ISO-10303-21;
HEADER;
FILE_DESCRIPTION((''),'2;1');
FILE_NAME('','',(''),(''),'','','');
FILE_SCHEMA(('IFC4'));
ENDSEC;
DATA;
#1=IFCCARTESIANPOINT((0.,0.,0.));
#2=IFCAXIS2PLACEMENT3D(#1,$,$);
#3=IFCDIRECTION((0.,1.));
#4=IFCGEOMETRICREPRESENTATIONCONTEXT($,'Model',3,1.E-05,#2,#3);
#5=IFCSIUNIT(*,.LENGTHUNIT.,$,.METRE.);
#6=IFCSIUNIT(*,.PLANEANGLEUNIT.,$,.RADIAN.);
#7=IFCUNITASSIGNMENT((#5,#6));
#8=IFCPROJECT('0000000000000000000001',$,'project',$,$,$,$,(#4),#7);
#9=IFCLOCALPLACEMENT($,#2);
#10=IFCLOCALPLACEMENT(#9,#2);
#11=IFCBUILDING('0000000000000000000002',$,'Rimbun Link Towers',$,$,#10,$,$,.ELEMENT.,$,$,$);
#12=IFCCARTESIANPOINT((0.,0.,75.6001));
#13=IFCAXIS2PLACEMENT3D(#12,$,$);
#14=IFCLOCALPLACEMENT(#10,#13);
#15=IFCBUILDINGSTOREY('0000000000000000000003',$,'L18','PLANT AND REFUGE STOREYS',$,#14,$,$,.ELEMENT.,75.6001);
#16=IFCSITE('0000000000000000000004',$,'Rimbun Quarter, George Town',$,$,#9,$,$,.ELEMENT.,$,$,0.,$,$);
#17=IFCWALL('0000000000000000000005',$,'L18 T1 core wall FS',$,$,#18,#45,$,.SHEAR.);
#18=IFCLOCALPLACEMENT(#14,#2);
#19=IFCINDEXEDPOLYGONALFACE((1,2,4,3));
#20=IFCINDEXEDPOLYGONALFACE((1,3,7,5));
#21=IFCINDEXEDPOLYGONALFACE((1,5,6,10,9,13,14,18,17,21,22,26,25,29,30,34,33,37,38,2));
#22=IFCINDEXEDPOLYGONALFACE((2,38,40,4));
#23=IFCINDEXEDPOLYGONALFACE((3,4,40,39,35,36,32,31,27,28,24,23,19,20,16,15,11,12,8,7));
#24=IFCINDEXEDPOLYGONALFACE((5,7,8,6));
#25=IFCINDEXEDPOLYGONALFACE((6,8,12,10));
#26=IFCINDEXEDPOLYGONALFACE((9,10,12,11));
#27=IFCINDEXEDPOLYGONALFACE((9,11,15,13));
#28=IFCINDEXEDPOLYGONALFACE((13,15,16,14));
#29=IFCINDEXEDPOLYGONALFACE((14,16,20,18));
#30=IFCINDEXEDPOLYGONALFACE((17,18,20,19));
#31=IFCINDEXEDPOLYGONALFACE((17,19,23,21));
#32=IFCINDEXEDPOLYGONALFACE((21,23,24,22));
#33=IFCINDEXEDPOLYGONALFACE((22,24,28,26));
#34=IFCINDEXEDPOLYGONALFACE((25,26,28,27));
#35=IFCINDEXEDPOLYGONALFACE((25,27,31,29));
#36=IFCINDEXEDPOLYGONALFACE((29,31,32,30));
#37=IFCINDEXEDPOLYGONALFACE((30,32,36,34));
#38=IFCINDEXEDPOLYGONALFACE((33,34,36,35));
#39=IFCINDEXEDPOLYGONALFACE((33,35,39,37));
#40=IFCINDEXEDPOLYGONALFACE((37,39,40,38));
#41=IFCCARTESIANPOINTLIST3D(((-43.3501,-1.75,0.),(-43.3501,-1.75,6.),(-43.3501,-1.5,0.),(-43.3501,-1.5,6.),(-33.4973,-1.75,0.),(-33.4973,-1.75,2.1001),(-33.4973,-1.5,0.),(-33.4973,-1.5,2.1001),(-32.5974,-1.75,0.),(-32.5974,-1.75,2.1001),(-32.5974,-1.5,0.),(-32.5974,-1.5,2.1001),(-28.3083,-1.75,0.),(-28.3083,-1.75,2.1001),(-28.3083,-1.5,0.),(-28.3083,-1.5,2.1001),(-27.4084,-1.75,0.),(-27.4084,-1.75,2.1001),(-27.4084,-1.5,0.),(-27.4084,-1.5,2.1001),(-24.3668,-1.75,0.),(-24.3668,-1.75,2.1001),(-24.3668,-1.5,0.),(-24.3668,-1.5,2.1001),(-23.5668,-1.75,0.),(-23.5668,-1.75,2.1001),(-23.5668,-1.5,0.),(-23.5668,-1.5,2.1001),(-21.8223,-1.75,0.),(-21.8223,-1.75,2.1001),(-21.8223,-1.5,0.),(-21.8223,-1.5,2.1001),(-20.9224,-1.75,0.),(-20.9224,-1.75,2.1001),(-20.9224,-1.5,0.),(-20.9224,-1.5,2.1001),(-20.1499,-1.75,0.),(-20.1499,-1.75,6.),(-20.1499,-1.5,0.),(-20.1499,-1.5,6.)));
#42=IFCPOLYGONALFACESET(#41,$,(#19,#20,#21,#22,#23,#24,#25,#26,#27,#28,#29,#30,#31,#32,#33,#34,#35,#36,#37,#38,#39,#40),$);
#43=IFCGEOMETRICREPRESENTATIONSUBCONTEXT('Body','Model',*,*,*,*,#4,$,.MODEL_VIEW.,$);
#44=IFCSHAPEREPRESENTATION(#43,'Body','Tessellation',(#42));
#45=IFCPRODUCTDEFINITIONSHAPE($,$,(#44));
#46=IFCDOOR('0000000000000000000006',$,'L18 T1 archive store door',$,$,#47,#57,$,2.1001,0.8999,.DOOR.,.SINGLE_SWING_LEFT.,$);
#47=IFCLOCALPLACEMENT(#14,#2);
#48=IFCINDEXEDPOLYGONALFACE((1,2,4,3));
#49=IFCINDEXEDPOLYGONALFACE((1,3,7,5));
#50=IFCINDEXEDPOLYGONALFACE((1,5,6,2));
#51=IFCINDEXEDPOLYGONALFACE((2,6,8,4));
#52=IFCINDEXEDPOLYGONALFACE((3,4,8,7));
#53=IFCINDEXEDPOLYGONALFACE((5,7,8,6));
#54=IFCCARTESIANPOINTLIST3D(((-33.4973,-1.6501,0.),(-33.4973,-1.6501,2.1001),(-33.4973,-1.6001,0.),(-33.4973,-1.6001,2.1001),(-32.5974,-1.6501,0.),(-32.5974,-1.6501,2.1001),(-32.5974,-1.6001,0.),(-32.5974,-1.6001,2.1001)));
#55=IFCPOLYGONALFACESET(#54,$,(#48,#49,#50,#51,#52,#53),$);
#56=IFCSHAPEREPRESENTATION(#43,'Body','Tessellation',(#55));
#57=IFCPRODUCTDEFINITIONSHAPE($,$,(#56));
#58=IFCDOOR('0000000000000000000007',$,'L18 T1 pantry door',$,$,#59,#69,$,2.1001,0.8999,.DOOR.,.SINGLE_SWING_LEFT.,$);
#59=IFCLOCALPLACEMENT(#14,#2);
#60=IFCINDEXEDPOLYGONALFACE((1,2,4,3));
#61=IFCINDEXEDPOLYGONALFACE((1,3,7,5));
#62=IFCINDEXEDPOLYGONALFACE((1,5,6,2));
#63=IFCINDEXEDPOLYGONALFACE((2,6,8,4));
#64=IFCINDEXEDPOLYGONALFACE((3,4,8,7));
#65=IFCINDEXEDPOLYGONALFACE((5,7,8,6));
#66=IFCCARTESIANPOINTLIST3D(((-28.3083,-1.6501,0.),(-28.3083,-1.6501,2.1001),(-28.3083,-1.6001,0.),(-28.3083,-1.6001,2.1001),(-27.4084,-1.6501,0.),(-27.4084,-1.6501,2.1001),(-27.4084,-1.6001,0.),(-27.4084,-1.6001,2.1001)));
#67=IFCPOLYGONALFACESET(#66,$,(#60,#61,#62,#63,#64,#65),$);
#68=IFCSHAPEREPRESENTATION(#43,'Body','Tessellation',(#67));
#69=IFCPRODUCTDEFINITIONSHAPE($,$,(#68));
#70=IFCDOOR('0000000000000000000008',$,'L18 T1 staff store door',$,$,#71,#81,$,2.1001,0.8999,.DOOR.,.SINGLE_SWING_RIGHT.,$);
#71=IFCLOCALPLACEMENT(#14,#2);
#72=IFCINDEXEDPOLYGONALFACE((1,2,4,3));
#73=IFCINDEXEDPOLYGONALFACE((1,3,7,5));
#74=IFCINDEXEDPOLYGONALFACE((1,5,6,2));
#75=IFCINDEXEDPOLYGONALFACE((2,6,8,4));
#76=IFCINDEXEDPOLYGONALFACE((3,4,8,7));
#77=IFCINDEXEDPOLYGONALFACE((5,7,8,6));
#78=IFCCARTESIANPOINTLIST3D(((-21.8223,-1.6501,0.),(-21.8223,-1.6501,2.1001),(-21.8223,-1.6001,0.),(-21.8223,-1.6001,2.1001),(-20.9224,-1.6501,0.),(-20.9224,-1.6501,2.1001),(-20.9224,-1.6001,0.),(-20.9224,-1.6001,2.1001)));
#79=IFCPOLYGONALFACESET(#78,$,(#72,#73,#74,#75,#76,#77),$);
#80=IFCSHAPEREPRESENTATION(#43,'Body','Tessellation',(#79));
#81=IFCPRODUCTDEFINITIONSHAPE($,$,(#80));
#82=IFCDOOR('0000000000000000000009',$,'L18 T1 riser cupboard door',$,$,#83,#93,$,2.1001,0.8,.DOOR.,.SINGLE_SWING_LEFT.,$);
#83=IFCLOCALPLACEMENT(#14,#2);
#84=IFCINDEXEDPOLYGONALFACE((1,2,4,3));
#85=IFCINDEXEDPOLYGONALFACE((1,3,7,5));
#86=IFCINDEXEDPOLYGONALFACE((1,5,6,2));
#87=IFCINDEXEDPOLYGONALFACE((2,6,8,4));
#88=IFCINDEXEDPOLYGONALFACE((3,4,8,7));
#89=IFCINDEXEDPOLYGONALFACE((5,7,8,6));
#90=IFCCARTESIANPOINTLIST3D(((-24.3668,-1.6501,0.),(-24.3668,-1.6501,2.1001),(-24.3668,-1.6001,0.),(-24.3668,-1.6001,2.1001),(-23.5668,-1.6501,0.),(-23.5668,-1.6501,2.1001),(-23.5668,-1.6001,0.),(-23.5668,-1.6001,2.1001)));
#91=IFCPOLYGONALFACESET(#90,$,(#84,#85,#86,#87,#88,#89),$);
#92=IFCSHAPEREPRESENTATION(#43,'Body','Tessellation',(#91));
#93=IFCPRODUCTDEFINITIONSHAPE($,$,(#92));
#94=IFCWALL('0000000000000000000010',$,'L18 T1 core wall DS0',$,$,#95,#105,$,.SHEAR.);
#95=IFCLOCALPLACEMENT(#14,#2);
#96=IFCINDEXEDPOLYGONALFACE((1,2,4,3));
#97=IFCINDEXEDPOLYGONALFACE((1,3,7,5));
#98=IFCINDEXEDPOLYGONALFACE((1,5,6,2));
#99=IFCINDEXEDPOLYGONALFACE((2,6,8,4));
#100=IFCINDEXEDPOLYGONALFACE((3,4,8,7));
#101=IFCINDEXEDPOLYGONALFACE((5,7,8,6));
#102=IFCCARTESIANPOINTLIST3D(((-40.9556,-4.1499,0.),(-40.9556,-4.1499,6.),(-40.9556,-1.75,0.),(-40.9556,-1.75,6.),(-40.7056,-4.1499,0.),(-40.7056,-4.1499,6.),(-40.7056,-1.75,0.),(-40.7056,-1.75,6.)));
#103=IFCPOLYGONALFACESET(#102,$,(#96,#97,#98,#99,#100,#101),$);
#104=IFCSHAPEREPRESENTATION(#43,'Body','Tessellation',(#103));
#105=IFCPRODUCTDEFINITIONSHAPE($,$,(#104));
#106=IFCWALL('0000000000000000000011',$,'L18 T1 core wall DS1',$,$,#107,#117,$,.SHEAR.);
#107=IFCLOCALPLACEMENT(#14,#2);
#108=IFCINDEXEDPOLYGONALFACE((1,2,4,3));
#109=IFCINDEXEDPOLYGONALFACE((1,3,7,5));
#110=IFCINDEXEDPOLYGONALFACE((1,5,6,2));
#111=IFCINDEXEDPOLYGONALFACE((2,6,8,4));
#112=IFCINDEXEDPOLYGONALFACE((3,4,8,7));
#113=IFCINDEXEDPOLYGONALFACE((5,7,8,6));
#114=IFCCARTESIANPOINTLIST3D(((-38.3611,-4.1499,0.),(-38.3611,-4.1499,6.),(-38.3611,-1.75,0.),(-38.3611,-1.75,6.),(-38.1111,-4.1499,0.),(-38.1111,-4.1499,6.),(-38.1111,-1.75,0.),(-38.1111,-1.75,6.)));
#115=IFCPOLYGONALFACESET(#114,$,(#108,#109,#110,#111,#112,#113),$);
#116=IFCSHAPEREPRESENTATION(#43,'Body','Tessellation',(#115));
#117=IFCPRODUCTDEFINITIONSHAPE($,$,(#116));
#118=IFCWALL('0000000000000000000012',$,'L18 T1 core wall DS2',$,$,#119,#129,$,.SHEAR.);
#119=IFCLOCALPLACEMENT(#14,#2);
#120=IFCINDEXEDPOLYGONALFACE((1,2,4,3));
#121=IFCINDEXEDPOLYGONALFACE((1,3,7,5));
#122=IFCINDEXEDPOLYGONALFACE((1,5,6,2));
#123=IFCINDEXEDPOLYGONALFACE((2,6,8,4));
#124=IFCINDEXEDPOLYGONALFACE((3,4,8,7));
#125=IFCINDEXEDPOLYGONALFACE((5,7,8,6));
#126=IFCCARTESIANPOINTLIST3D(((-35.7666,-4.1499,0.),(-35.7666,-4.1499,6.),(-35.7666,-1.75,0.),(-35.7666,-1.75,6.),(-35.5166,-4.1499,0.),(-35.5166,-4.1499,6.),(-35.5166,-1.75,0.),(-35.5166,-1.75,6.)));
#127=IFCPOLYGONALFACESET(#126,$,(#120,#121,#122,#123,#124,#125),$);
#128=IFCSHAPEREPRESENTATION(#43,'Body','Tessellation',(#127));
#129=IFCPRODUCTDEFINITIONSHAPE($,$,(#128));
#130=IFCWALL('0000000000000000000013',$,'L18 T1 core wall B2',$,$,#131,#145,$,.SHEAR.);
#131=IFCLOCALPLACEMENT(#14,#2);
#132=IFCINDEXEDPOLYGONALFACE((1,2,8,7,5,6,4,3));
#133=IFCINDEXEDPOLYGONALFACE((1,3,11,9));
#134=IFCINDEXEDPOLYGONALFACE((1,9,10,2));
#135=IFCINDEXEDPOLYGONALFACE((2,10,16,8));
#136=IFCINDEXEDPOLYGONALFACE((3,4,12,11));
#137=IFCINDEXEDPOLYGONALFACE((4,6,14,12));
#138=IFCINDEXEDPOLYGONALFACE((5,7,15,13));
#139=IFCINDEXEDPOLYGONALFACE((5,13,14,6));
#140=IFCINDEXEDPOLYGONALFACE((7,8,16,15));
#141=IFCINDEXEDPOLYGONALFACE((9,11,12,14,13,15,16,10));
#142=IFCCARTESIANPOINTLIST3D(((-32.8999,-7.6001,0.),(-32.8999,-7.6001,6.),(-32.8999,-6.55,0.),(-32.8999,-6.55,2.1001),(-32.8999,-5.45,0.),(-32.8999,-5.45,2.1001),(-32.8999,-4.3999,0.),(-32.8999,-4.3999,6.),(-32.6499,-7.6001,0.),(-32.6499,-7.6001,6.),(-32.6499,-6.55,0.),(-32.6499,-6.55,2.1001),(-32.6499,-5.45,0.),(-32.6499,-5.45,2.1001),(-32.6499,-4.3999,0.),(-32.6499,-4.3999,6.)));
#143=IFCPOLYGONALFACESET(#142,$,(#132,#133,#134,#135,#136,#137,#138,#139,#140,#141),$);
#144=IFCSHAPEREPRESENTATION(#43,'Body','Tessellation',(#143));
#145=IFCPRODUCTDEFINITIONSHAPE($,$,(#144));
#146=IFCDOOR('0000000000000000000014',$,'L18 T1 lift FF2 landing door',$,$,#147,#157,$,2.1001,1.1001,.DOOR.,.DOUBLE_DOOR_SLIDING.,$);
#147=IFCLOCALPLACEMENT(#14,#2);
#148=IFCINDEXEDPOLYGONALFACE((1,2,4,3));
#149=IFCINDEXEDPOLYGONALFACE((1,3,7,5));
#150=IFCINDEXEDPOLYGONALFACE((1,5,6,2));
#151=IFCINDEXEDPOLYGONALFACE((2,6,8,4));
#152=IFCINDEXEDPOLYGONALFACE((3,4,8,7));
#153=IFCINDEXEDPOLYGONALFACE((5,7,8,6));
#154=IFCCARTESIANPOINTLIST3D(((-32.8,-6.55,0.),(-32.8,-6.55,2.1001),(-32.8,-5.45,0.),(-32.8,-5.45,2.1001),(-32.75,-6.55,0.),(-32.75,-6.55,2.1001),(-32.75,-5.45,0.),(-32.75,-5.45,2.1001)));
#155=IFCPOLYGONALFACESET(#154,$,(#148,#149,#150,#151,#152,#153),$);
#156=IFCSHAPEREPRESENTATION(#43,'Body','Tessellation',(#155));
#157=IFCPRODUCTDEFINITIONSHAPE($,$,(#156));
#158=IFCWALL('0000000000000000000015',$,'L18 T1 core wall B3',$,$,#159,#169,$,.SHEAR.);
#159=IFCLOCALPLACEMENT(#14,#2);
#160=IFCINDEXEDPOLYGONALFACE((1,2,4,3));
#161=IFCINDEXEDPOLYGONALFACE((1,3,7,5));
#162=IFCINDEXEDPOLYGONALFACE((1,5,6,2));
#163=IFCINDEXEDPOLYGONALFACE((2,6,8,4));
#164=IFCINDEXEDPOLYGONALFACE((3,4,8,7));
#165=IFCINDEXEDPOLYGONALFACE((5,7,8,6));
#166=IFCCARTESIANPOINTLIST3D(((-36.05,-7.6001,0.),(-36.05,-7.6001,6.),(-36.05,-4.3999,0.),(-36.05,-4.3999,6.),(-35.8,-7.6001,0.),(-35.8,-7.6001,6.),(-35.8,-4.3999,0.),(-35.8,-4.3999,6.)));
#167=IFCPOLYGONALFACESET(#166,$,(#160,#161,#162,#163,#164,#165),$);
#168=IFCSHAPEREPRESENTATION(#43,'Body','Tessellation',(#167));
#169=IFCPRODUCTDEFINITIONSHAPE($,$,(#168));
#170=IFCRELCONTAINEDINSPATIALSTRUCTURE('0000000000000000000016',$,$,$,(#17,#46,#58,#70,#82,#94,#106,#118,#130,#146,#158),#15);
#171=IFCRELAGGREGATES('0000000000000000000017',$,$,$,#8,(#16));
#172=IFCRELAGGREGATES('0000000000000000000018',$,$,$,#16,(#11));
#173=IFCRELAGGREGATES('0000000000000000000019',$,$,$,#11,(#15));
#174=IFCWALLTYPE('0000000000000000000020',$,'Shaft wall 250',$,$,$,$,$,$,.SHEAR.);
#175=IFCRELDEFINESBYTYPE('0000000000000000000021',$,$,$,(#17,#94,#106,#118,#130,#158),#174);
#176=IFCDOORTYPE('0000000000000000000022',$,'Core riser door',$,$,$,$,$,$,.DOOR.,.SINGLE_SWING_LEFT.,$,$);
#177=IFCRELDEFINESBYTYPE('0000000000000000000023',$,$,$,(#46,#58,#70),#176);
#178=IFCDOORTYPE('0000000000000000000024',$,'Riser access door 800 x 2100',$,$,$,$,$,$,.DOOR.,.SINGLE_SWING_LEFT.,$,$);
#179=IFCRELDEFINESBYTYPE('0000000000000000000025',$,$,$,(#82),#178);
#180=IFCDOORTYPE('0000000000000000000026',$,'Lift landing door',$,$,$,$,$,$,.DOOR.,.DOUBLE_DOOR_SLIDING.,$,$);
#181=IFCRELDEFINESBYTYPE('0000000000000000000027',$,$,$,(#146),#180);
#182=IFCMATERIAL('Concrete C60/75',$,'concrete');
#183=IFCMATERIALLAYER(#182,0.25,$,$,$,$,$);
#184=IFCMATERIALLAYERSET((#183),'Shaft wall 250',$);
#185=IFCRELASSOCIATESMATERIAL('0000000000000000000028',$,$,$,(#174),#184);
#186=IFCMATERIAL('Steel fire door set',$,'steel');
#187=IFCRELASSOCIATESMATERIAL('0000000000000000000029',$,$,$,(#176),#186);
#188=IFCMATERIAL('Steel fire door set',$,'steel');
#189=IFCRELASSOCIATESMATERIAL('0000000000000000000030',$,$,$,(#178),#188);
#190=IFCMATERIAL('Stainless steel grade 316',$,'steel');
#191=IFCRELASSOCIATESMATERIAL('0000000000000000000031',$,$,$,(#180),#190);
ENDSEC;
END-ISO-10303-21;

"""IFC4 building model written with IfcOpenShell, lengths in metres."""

from ifc_helpers import new_model, si_unit, direction, frame, frame_2d, origin, place, context, subcontext, project, spatial, rectangle, extrude, material, layer, layer_set, type_object, element, fill, save


model = new_model("IFC4")

# Units and contexts
model_context = context("Model", 3, precision=1e-05, world=origin(), true_north=direction((0.0, 1.0)))
body_context = subcontext(model_context, "Body", "Model", "MODEL_VIEW")
ifc_project = project(units=[si_unit("LENGTHUNIT", "METRE"), si_unit("PLANEANGLEUNIT", "RADIAN")], contexts=[model_context])

# Site, building, storey
site_placement = place(None, origin())
site = spatial("IfcSite", under=ifc_project, at=site_placement, Name="Rimbun Quarter, George Town", CompositionType="ELEMENT", RefElevation=0.0)
building_placement = place(site_placement, origin())
building = spatial("IfcBuilding", under=site, at=building_placement, Name="Rimbun Link Towers", CompositionType="ELEMENT")
storey_placement = place(building_placement, frame((0.0, 0.0, 75.6001)))
storey = spatial("IfcBuildingStorey", under=building, at=storey_placement, Name="L18", Description="PLANT AND REFUGE STOREYS", CompositionType="ELEMENT", Elevation=75.6001)

# Shared definitions
ifc_material_1 = material(Name="Concrete C60/75", Category="concrete")
ifc_layer_1 = layer(ifc_material_1, 0.25)
ifc_layer_set_1 = layer_set([ifc_layer_1], Name="Shaft wall 250")
wall_type_1 = type_object("IfcWallType", Name="Shaft wall 250", PredefinedType="SHEAR", material=ifc_layer_set_1)

# Wall, openings, doors
wall_1_placement = place(storey_placement, frame((-43.3501, -1.625, 0.0), z_axis=(0.0, 0.0, 1.0), x_axis=(1.0, 0.0, 0.0)))
wall_1 = element("IfcWall", 1, at=wall_1_placement, inside=storey, type_object=wall_type_1, Name="L18 T1 core wall FS", PredefinedType="SHEAR", context=body_context, shape_type="SweptSolid", body=[
    extrude(rectangle(XDim=23.2002, YDim=0.25, at=frame_2d((11.6001, 0.0))), origin(), (0.0, 0.0, 1.0), 6.0),
])
opening_1_placement = place(wall_1_placement, frame((9.8528, 0.0, 0.0)))
opening_1 = element("IfcOpeningElement", 2, at=opening_1_placement, cuts=wall_1, PredefinedType="OPENING", context=body_context, shape_type="SweptSolid", body=[
    extrude(rectangle(XDim=0.8999, YDim=2.1001, at=frame_2d((0.45, 1.05))), frame((0.0, 0.135, 0.0), z_axis=(0.0, -1.0, 0.0), x_axis=(1.0, 0.0, 0.0)), (0.0, 0.0, 1.0), 0.27),
])
opening_2_placement = place(wall_1_placement, frame((15.0417, 0.0, 0.0)))
opening_2 = element("IfcOpeningElement", 3, at=opening_2_placement, cuts=wall_1, PredefinedType="OPENING", context=body_context, shape_type="SweptSolid", body=[
    extrude(rectangle(XDim=0.8999, YDim=2.1001, at=frame_2d((0.45, 1.05))), frame((0.0, 0.135, 0.0), z_axis=(0.0, -1.0, 0.0), x_axis=(1.0, 0.0, 0.0)), (0.0, 0.0, 1.0), 0.27),
])
opening_3_placement = place(wall_1_placement, frame((18.9834, 0.0, 0.0)))
opening_3 = element("IfcOpeningElement", 4, at=opening_3_placement, cuts=wall_1, PredefinedType="OPENING", context=body_context, shape_type="SweptSolid", body=[
    extrude(rectangle(XDim=0.8, YDim=2.1001, at=frame_2d((0.3999, 1.05))), frame((0.0, 0.135, 0.0), z_axis=(0.0, -1.0, 0.0), x_axis=(1.0, 0.0, 0.0)), (0.0, 0.0, 1.0), 0.27),
])
opening_4_placement = place(wall_1_placement, frame((21.5278, 0.0, 0.0)))
opening_4 = element("IfcOpeningElement", 5, at=opening_4_placement, cuts=wall_1, PredefinedType="OPENING", context=body_context, shape_type="SweptSolid", body=[
    extrude(rectangle(XDim=0.8999, YDim=2.1001, at=frame_2d((0.45, 1.05))), frame((0.0, 0.135, 0.0), z_axis=(0.0, -1.0, 0.0), x_axis=(1.0, 0.0, 0.0)), (0.0, 0.0, 1.0), 0.27),
])
ifc_material_2 = material(Name="Steel fire door set", Category="steel")
door_type_1 = type_object("IfcDoorType", Name="Core riser door", OperationType="SINGLE_SWING_LEFT", PredefinedType="DOOR", material=ifc_material_2)
door_1_placement = place(opening_1_placement, origin())
door_1 = element("IfcDoor", 6, at=door_1_placement, inside=storey, type_object=door_type_1, Name="L18 T1 archive store door", OperationType="SINGLE_SWING_LEFT", OverallHeight=2.1001, OverallWidth=0.8999, PredefinedType="DOOR", context=body_context, shape_type="SweptSolid", body=[
    extrude(rectangle(XDim=0.8999, YDim=2.1001, at=frame_2d((0.45, 1.05))), frame((0.0, 0.0249, 0.0), z_axis=(0.0, -1.0, 0.0), x_axis=(1.0, 0.0, 0.0)), (0.0, 0.0, 1.0), 0.05),
])
fill(opening_1, door_1)
door_2_placement = place(opening_2_placement, origin())
door_2 = element("IfcDoor", 7, at=door_2_placement, inside=storey, type_object=door_type_1, Name="L18 T1 pantry door", OperationType="SINGLE_SWING_LEFT", OverallHeight=2.1001, OverallWidth=0.8999, PredefinedType="DOOR", context=body_context, shape_type="SweptSolid", body=[
    extrude(rectangle(XDim=0.8999, YDim=2.1001, at=frame_2d((0.45, 1.05))), frame((0.0, 0.0249, 0.0), z_axis=(0.0, -1.0, 0.0), x_axis=(1.0, 0.0, 0.0)), (0.0, 0.0, 1.0), 0.05),
])
fill(opening_2, door_2)
door_3_placement = place(opening_4_placement, origin())
door_3 = element("IfcDoor", 8, at=door_3_placement, inside=storey, type_object=door_type_1, Name="L18 T1 staff store door", OperationType="SINGLE_SWING_RIGHT", OverallHeight=2.1001, OverallWidth=0.8999, PredefinedType="DOOR", context=body_context, shape_type="SweptSolid", body=[
    extrude(rectangle(XDim=0.8999, YDim=2.1001, at=frame_2d((0.45, 1.05))), frame((0.0, 0.0249, 0.0), z_axis=(0.0, -1.0, 0.0), x_axis=(1.0, 0.0, 0.0)), (0.0, 0.0, 1.0), 0.05),
])
fill(opening_4, door_3)
ifc_material_3 = material(Name="Steel fire door set", Category="steel")
door_type_2 = type_object("IfcDoorType", Name="Riser access door 800 x 2100", OperationType="SINGLE_SWING_LEFT", PredefinedType="DOOR", material=ifc_material_3)
door_4_placement = place(opening_3_placement, origin())
door_4 = element("IfcDoor", 9, at=door_4_placement, inside=storey, type_object=door_type_2, Name="L18 T1 riser cupboard door", OperationType="SINGLE_SWING_LEFT", OverallHeight=2.1001, OverallWidth=0.8, PredefinedType="DOOR", context=body_context, shape_type="SweptSolid", body=[
    extrude(rectangle(XDim=0.8, YDim=2.1001, at=frame_2d((0.3999, 1.05))), frame((0.0, 0.0249, 0.0), z_axis=(0.0, -1.0, 0.0), x_axis=(1.0, 0.0, 0.0)), (0.0, 0.0, 1.0), 0.05),
])
fill(opening_3, door_4)

# Walls
for number, where, z_axis, x_axis, name in (
    (10, (-40.8306, -4.1499, 0.0), (0.0, 0.0, 1.0), (0.0, 1.0, 0.0), "L18 T1 core wall DS0"),
    (11, (-38.2361, -4.1499, 0.0), (0.0, 0.0, 1.0), (0.0, 1.0, 0.0), "L18 T1 core wall DS1"),
    (12, (-35.6416, -4.1499, 0.0), (0.0, 0.0, 1.0), (0.0, 1.0, 0.0), "L18 T1 core wall DS2"),
):
    element("IfcWall", number, at=place(storey_placement, frame(where, z_axis=z_axis, x_axis=x_axis)), inside=storey, type_object=wall_type_1, Name=name, PredefinedType="SHEAR", context=body_context, shape_type="SweptSolid", body=[
        extrude(rectangle(XDim=2.3999, YDim=0.25, at=frame_2d((1.2, 0.0))), origin(), (0.0, 0.0, 1.0), 6.0),
    ])

# Wall, opening, door
wall_2_placement = place(storey_placement, frame((-32.7749, -4.3999, 0.0), z_axis=(0.0, 0.0, 1.0), x_axis=(0.0, -1.0, 0.0)))
wall_2 = element("IfcWall", 13, at=wall_2_placement, inside=storey, type_object=wall_type_1, Name="L18 T1 core wall B2", PredefinedType="SHEAR", context=body_context, shape_type="SweptSolid", body=[
    extrude(rectangle(XDim=3.2002, YDim=0.25, at=frame_2d((1.6001, 0.0))), origin(), (0.0, 0.0, 1.0), 6.0),
])
opening_5_placement = place(wall_2_placement, frame((1.05, 0.0, 0.0)))
opening_5 = element("IfcOpeningElement", 14, at=opening_5_placement, cuts=wall_2, PredefinedType="OPENING", context=body_context, shape_type="SweptSolid", body=[
    extrude(rectangle(XDim=1.1001, YDim=2.1001, at=frame_2d((0.55, 1.05))), frame((0.0, 0.135, 0.0), z_axis=(0.0, -1.0, 0.0), x_axis=(1.0, 0.0, 0.0)), (0.0, 0.0, 1.0), 0.27),
])
ifc_material_4 = material(Name="Stainless steel grade 316", Category="steel")
door_type_3 = type_object("IfcDoorType", Name="Lift landing door", OperationType="DOUBLE_DOOR_SLIDING", PredefinedType="DOOR", material=ifc_material_4)
door_5_placement = place(opening_5_placement, origin())
door_5 = element("IfcDoor", 15, at=door_5_placement, inside=storey, type_object=door_type_3, Name="L18 T1 lift FF2 landing door", OperationType="DOUBLE_DOOR_SLIDING", OverallHeight=2.1001, OverallWidth=1.1001, PredefinedType="DOOR", context=body_context, shape_type="SweptSolid", body=[
    extrude(rectangle(XDim=1.1001, YDim=2.1001, at=frame_2d((0.55, 1.05))), frame((0.0, 0.0249, 0.0), z_axis=(0.0, -1.0, 0.0), x_axis=(1.0, 0.0, 0.0)), (0.0, 0.0, 1.0), 0.05),
])
fill(opening_5, door_5)

# Wall
wall_3_placement = place(storey_placement, frame((-35.925, -4.3999, 0.0), z_axis=(0.0, 0.0, 1.0), x_axis=(0.0, -1.0, 0.0)))
element("IfcWall", 16, at=wall_3_placement, inside=storey, type_object=wall_type_1, Name="L18 T1 core wall B3", PredefinedType="SHEAR", context=body_context, shape_type="SweptSolid", body=[
    extrude(rectangle(XDim=3.2002, YDim=0.25, at=frame_2d((1.6001, 0.0))), origin(), (0.0, 0.0, 1.0), 6.0),
])

save(model, "model.ifc")
